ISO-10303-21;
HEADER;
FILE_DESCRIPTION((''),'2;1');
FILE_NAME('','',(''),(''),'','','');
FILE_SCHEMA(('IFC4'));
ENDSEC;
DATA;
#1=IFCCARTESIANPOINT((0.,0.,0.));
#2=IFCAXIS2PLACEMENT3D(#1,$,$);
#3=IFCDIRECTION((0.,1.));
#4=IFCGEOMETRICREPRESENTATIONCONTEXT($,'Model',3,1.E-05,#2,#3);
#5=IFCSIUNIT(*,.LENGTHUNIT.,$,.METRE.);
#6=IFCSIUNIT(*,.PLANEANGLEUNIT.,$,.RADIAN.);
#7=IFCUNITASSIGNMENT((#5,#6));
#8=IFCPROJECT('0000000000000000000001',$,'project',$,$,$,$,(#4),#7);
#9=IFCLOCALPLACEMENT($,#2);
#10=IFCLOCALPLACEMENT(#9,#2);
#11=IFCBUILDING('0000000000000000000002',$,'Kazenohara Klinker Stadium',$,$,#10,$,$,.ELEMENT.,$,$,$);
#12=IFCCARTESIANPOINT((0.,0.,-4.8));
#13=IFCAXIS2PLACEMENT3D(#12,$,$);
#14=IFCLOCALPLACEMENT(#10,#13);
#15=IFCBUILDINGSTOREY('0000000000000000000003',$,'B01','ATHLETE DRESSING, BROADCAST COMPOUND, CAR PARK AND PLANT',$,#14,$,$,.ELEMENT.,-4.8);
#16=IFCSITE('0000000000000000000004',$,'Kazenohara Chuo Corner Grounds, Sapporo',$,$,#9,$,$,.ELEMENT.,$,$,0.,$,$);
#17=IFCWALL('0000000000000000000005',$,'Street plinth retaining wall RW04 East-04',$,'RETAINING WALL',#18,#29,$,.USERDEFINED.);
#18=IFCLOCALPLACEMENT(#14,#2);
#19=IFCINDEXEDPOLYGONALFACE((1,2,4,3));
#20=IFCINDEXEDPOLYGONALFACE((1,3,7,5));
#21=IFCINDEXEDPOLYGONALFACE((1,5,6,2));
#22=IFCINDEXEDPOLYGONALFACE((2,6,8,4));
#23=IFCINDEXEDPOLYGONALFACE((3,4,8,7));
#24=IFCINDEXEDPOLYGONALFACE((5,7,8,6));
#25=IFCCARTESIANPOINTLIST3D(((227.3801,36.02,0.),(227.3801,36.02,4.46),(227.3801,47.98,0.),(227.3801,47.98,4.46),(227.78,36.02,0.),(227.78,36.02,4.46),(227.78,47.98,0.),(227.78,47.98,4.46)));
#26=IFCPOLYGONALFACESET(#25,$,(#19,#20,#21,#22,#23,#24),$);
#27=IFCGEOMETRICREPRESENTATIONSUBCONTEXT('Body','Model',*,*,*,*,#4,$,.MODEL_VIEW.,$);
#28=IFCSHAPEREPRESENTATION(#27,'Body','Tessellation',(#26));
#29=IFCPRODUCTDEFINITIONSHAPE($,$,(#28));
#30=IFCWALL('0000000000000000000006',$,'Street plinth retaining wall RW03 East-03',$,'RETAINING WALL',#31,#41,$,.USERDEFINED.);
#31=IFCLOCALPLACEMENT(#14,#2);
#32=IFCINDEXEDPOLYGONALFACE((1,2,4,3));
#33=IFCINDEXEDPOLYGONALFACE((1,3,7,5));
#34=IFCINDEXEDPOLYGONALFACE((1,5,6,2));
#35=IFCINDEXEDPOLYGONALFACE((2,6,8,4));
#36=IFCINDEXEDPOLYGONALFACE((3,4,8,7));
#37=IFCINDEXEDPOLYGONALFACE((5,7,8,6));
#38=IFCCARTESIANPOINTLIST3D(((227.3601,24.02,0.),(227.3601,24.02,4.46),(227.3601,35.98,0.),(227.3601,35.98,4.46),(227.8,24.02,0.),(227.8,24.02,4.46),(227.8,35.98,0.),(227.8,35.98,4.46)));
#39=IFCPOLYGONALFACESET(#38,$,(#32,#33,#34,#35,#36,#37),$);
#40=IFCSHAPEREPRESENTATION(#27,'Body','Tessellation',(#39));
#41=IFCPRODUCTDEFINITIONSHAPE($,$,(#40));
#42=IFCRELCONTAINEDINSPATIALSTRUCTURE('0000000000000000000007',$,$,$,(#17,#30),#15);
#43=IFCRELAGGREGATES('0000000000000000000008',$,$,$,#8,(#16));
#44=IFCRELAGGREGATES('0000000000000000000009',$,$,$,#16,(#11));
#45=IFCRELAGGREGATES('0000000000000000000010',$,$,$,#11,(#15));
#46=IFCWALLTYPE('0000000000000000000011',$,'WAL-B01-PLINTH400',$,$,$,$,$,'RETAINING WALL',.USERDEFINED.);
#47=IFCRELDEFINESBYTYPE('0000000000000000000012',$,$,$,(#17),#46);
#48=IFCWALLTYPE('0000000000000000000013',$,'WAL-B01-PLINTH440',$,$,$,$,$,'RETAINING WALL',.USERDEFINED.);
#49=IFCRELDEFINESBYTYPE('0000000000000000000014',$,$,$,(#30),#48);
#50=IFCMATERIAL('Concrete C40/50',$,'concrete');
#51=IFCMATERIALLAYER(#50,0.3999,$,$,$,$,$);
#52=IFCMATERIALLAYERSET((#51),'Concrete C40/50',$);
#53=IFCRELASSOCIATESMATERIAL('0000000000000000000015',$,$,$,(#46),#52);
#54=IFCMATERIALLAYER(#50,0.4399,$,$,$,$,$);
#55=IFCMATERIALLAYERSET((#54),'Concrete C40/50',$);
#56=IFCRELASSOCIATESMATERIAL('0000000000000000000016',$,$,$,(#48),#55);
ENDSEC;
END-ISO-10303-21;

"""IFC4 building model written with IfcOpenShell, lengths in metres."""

from ifc_helpers import new_model, si_unit, direction, frame, frame_2d, origin, place, context, subcontext, project, spatial, rectangle, extrude, material, layer, layer_set, type_object, element, save


model = new_model("IFC4")

# Units and contexts
model_context = context("Model", 3, precision=1e-05, world=origin(), true_north=direction((0.0, 1.0)))
body_context = subcontext(model_context, "Body", "Model", "MODEL_VIEW")
ifc_project = project(units=[si_unit("LENGTHUNIT", "METRE"), si_unit("PLANEANGLEUNIT", "RADIAN")], contexts=[model_context])

# Site, building, storey
site_placement = place(None, origin())
site = spatial("IfcSite", under=ifc_project, at=site_placement, Name="Kazenohara Chuo Corner Grounds, Sapporo", CompositionType="ELEMENT", RefElevation=0.0)
building_placement = place(site_placement, origin())
building = spatial("IfcBuilding", under=site, at=building_placement, Name="Kazenohara Klinker Stadium", CompositionType="ELEMENT")
storey_placement = place(building_placement, frame((0.0, 0.0, -4.8)))
storey = spatial("IfcBuildingStorey", under=building, at=storey_placement, Name="B01", Description="ATHLETE DRESSING, BROADCAST COMPOUND, CAR PARK AND PLANT", CompositionType="ELEMENT", Elevation=-4.8)

# Shared definitions
ifc_material_1 = material(Name="Concrete C40/50", Category="concrete")

# Walls
ifc_layer_1 = layer(ifc_material_1, 0.3999)
ifc_layer_set_1 = layer_set([ifc_layer_1], Name="Concrete C40/50")
wall_type_1 = type_object("IfcWallType", Name="WAL-B01-PLINTH400", ElementType="RETAINING WALL", PredefinedType="USERDEFINED", material=ifc_layer_set_1)
wall_1_placement = place(storey_placement, frame((227.5801, 36.02, 0.0), z_axis=(0.0, 0.0, 1.0), x_axis=(0.0, 1.0, 0.0)))
element("IfcWall", 1, at=wall_1_placement, inside=storey, type_object=wall_type_1, Name="Street plinth retaining wall RW04 East-04", ObjectType="RETAINING WALL", PredefinedType="USERDEFINED", context=body_context, shape_type="SweptSolid", body=[
    extrude(rectangle(XDim=11.96, YDim=0.3999, at=frame_2d((5.98, 0.0))), origin(), (0.0, 0.0, 1.0), 4.46),
])
ifc_layer_2 = layer(ifc_material_1, 0.4399)
ifc_layer_set_2 = layer_set([ifc_layer_2], Name="Concrete C40/50")
wall_type_2 = type_object("IfcWallType", Name="WAL-B01-PLINTH440", ElementType="RETAINING WALL", PredefinedType="USERDEFINED", material=ifc_layer_set_2)
wall_2_placement = place(storey_placement, frame((227.5801, 24.02, 0.0), z_axis=(0.0, 0.0, 1.0), x_axis=(0.0, 1.0, 0.0)))
element("IfcWall", 2, at=wall_2_placement, inside=storey, type_object=wall_type_2, Name="Street plinth retaining wall RW03 East-03", ObjectType="RETAINING WALL", PredefinedType="USERDEFINED", context=body_context, shape_type="SweptSolid", body=[
    extrude(rectangle(XDim=11.96, YDim=0.4399, at=frame_2d((5.98, 0.0))), origin(), (0.0, 0.0, 1.0), 4.46),
])

save(model, "model.ifc")
